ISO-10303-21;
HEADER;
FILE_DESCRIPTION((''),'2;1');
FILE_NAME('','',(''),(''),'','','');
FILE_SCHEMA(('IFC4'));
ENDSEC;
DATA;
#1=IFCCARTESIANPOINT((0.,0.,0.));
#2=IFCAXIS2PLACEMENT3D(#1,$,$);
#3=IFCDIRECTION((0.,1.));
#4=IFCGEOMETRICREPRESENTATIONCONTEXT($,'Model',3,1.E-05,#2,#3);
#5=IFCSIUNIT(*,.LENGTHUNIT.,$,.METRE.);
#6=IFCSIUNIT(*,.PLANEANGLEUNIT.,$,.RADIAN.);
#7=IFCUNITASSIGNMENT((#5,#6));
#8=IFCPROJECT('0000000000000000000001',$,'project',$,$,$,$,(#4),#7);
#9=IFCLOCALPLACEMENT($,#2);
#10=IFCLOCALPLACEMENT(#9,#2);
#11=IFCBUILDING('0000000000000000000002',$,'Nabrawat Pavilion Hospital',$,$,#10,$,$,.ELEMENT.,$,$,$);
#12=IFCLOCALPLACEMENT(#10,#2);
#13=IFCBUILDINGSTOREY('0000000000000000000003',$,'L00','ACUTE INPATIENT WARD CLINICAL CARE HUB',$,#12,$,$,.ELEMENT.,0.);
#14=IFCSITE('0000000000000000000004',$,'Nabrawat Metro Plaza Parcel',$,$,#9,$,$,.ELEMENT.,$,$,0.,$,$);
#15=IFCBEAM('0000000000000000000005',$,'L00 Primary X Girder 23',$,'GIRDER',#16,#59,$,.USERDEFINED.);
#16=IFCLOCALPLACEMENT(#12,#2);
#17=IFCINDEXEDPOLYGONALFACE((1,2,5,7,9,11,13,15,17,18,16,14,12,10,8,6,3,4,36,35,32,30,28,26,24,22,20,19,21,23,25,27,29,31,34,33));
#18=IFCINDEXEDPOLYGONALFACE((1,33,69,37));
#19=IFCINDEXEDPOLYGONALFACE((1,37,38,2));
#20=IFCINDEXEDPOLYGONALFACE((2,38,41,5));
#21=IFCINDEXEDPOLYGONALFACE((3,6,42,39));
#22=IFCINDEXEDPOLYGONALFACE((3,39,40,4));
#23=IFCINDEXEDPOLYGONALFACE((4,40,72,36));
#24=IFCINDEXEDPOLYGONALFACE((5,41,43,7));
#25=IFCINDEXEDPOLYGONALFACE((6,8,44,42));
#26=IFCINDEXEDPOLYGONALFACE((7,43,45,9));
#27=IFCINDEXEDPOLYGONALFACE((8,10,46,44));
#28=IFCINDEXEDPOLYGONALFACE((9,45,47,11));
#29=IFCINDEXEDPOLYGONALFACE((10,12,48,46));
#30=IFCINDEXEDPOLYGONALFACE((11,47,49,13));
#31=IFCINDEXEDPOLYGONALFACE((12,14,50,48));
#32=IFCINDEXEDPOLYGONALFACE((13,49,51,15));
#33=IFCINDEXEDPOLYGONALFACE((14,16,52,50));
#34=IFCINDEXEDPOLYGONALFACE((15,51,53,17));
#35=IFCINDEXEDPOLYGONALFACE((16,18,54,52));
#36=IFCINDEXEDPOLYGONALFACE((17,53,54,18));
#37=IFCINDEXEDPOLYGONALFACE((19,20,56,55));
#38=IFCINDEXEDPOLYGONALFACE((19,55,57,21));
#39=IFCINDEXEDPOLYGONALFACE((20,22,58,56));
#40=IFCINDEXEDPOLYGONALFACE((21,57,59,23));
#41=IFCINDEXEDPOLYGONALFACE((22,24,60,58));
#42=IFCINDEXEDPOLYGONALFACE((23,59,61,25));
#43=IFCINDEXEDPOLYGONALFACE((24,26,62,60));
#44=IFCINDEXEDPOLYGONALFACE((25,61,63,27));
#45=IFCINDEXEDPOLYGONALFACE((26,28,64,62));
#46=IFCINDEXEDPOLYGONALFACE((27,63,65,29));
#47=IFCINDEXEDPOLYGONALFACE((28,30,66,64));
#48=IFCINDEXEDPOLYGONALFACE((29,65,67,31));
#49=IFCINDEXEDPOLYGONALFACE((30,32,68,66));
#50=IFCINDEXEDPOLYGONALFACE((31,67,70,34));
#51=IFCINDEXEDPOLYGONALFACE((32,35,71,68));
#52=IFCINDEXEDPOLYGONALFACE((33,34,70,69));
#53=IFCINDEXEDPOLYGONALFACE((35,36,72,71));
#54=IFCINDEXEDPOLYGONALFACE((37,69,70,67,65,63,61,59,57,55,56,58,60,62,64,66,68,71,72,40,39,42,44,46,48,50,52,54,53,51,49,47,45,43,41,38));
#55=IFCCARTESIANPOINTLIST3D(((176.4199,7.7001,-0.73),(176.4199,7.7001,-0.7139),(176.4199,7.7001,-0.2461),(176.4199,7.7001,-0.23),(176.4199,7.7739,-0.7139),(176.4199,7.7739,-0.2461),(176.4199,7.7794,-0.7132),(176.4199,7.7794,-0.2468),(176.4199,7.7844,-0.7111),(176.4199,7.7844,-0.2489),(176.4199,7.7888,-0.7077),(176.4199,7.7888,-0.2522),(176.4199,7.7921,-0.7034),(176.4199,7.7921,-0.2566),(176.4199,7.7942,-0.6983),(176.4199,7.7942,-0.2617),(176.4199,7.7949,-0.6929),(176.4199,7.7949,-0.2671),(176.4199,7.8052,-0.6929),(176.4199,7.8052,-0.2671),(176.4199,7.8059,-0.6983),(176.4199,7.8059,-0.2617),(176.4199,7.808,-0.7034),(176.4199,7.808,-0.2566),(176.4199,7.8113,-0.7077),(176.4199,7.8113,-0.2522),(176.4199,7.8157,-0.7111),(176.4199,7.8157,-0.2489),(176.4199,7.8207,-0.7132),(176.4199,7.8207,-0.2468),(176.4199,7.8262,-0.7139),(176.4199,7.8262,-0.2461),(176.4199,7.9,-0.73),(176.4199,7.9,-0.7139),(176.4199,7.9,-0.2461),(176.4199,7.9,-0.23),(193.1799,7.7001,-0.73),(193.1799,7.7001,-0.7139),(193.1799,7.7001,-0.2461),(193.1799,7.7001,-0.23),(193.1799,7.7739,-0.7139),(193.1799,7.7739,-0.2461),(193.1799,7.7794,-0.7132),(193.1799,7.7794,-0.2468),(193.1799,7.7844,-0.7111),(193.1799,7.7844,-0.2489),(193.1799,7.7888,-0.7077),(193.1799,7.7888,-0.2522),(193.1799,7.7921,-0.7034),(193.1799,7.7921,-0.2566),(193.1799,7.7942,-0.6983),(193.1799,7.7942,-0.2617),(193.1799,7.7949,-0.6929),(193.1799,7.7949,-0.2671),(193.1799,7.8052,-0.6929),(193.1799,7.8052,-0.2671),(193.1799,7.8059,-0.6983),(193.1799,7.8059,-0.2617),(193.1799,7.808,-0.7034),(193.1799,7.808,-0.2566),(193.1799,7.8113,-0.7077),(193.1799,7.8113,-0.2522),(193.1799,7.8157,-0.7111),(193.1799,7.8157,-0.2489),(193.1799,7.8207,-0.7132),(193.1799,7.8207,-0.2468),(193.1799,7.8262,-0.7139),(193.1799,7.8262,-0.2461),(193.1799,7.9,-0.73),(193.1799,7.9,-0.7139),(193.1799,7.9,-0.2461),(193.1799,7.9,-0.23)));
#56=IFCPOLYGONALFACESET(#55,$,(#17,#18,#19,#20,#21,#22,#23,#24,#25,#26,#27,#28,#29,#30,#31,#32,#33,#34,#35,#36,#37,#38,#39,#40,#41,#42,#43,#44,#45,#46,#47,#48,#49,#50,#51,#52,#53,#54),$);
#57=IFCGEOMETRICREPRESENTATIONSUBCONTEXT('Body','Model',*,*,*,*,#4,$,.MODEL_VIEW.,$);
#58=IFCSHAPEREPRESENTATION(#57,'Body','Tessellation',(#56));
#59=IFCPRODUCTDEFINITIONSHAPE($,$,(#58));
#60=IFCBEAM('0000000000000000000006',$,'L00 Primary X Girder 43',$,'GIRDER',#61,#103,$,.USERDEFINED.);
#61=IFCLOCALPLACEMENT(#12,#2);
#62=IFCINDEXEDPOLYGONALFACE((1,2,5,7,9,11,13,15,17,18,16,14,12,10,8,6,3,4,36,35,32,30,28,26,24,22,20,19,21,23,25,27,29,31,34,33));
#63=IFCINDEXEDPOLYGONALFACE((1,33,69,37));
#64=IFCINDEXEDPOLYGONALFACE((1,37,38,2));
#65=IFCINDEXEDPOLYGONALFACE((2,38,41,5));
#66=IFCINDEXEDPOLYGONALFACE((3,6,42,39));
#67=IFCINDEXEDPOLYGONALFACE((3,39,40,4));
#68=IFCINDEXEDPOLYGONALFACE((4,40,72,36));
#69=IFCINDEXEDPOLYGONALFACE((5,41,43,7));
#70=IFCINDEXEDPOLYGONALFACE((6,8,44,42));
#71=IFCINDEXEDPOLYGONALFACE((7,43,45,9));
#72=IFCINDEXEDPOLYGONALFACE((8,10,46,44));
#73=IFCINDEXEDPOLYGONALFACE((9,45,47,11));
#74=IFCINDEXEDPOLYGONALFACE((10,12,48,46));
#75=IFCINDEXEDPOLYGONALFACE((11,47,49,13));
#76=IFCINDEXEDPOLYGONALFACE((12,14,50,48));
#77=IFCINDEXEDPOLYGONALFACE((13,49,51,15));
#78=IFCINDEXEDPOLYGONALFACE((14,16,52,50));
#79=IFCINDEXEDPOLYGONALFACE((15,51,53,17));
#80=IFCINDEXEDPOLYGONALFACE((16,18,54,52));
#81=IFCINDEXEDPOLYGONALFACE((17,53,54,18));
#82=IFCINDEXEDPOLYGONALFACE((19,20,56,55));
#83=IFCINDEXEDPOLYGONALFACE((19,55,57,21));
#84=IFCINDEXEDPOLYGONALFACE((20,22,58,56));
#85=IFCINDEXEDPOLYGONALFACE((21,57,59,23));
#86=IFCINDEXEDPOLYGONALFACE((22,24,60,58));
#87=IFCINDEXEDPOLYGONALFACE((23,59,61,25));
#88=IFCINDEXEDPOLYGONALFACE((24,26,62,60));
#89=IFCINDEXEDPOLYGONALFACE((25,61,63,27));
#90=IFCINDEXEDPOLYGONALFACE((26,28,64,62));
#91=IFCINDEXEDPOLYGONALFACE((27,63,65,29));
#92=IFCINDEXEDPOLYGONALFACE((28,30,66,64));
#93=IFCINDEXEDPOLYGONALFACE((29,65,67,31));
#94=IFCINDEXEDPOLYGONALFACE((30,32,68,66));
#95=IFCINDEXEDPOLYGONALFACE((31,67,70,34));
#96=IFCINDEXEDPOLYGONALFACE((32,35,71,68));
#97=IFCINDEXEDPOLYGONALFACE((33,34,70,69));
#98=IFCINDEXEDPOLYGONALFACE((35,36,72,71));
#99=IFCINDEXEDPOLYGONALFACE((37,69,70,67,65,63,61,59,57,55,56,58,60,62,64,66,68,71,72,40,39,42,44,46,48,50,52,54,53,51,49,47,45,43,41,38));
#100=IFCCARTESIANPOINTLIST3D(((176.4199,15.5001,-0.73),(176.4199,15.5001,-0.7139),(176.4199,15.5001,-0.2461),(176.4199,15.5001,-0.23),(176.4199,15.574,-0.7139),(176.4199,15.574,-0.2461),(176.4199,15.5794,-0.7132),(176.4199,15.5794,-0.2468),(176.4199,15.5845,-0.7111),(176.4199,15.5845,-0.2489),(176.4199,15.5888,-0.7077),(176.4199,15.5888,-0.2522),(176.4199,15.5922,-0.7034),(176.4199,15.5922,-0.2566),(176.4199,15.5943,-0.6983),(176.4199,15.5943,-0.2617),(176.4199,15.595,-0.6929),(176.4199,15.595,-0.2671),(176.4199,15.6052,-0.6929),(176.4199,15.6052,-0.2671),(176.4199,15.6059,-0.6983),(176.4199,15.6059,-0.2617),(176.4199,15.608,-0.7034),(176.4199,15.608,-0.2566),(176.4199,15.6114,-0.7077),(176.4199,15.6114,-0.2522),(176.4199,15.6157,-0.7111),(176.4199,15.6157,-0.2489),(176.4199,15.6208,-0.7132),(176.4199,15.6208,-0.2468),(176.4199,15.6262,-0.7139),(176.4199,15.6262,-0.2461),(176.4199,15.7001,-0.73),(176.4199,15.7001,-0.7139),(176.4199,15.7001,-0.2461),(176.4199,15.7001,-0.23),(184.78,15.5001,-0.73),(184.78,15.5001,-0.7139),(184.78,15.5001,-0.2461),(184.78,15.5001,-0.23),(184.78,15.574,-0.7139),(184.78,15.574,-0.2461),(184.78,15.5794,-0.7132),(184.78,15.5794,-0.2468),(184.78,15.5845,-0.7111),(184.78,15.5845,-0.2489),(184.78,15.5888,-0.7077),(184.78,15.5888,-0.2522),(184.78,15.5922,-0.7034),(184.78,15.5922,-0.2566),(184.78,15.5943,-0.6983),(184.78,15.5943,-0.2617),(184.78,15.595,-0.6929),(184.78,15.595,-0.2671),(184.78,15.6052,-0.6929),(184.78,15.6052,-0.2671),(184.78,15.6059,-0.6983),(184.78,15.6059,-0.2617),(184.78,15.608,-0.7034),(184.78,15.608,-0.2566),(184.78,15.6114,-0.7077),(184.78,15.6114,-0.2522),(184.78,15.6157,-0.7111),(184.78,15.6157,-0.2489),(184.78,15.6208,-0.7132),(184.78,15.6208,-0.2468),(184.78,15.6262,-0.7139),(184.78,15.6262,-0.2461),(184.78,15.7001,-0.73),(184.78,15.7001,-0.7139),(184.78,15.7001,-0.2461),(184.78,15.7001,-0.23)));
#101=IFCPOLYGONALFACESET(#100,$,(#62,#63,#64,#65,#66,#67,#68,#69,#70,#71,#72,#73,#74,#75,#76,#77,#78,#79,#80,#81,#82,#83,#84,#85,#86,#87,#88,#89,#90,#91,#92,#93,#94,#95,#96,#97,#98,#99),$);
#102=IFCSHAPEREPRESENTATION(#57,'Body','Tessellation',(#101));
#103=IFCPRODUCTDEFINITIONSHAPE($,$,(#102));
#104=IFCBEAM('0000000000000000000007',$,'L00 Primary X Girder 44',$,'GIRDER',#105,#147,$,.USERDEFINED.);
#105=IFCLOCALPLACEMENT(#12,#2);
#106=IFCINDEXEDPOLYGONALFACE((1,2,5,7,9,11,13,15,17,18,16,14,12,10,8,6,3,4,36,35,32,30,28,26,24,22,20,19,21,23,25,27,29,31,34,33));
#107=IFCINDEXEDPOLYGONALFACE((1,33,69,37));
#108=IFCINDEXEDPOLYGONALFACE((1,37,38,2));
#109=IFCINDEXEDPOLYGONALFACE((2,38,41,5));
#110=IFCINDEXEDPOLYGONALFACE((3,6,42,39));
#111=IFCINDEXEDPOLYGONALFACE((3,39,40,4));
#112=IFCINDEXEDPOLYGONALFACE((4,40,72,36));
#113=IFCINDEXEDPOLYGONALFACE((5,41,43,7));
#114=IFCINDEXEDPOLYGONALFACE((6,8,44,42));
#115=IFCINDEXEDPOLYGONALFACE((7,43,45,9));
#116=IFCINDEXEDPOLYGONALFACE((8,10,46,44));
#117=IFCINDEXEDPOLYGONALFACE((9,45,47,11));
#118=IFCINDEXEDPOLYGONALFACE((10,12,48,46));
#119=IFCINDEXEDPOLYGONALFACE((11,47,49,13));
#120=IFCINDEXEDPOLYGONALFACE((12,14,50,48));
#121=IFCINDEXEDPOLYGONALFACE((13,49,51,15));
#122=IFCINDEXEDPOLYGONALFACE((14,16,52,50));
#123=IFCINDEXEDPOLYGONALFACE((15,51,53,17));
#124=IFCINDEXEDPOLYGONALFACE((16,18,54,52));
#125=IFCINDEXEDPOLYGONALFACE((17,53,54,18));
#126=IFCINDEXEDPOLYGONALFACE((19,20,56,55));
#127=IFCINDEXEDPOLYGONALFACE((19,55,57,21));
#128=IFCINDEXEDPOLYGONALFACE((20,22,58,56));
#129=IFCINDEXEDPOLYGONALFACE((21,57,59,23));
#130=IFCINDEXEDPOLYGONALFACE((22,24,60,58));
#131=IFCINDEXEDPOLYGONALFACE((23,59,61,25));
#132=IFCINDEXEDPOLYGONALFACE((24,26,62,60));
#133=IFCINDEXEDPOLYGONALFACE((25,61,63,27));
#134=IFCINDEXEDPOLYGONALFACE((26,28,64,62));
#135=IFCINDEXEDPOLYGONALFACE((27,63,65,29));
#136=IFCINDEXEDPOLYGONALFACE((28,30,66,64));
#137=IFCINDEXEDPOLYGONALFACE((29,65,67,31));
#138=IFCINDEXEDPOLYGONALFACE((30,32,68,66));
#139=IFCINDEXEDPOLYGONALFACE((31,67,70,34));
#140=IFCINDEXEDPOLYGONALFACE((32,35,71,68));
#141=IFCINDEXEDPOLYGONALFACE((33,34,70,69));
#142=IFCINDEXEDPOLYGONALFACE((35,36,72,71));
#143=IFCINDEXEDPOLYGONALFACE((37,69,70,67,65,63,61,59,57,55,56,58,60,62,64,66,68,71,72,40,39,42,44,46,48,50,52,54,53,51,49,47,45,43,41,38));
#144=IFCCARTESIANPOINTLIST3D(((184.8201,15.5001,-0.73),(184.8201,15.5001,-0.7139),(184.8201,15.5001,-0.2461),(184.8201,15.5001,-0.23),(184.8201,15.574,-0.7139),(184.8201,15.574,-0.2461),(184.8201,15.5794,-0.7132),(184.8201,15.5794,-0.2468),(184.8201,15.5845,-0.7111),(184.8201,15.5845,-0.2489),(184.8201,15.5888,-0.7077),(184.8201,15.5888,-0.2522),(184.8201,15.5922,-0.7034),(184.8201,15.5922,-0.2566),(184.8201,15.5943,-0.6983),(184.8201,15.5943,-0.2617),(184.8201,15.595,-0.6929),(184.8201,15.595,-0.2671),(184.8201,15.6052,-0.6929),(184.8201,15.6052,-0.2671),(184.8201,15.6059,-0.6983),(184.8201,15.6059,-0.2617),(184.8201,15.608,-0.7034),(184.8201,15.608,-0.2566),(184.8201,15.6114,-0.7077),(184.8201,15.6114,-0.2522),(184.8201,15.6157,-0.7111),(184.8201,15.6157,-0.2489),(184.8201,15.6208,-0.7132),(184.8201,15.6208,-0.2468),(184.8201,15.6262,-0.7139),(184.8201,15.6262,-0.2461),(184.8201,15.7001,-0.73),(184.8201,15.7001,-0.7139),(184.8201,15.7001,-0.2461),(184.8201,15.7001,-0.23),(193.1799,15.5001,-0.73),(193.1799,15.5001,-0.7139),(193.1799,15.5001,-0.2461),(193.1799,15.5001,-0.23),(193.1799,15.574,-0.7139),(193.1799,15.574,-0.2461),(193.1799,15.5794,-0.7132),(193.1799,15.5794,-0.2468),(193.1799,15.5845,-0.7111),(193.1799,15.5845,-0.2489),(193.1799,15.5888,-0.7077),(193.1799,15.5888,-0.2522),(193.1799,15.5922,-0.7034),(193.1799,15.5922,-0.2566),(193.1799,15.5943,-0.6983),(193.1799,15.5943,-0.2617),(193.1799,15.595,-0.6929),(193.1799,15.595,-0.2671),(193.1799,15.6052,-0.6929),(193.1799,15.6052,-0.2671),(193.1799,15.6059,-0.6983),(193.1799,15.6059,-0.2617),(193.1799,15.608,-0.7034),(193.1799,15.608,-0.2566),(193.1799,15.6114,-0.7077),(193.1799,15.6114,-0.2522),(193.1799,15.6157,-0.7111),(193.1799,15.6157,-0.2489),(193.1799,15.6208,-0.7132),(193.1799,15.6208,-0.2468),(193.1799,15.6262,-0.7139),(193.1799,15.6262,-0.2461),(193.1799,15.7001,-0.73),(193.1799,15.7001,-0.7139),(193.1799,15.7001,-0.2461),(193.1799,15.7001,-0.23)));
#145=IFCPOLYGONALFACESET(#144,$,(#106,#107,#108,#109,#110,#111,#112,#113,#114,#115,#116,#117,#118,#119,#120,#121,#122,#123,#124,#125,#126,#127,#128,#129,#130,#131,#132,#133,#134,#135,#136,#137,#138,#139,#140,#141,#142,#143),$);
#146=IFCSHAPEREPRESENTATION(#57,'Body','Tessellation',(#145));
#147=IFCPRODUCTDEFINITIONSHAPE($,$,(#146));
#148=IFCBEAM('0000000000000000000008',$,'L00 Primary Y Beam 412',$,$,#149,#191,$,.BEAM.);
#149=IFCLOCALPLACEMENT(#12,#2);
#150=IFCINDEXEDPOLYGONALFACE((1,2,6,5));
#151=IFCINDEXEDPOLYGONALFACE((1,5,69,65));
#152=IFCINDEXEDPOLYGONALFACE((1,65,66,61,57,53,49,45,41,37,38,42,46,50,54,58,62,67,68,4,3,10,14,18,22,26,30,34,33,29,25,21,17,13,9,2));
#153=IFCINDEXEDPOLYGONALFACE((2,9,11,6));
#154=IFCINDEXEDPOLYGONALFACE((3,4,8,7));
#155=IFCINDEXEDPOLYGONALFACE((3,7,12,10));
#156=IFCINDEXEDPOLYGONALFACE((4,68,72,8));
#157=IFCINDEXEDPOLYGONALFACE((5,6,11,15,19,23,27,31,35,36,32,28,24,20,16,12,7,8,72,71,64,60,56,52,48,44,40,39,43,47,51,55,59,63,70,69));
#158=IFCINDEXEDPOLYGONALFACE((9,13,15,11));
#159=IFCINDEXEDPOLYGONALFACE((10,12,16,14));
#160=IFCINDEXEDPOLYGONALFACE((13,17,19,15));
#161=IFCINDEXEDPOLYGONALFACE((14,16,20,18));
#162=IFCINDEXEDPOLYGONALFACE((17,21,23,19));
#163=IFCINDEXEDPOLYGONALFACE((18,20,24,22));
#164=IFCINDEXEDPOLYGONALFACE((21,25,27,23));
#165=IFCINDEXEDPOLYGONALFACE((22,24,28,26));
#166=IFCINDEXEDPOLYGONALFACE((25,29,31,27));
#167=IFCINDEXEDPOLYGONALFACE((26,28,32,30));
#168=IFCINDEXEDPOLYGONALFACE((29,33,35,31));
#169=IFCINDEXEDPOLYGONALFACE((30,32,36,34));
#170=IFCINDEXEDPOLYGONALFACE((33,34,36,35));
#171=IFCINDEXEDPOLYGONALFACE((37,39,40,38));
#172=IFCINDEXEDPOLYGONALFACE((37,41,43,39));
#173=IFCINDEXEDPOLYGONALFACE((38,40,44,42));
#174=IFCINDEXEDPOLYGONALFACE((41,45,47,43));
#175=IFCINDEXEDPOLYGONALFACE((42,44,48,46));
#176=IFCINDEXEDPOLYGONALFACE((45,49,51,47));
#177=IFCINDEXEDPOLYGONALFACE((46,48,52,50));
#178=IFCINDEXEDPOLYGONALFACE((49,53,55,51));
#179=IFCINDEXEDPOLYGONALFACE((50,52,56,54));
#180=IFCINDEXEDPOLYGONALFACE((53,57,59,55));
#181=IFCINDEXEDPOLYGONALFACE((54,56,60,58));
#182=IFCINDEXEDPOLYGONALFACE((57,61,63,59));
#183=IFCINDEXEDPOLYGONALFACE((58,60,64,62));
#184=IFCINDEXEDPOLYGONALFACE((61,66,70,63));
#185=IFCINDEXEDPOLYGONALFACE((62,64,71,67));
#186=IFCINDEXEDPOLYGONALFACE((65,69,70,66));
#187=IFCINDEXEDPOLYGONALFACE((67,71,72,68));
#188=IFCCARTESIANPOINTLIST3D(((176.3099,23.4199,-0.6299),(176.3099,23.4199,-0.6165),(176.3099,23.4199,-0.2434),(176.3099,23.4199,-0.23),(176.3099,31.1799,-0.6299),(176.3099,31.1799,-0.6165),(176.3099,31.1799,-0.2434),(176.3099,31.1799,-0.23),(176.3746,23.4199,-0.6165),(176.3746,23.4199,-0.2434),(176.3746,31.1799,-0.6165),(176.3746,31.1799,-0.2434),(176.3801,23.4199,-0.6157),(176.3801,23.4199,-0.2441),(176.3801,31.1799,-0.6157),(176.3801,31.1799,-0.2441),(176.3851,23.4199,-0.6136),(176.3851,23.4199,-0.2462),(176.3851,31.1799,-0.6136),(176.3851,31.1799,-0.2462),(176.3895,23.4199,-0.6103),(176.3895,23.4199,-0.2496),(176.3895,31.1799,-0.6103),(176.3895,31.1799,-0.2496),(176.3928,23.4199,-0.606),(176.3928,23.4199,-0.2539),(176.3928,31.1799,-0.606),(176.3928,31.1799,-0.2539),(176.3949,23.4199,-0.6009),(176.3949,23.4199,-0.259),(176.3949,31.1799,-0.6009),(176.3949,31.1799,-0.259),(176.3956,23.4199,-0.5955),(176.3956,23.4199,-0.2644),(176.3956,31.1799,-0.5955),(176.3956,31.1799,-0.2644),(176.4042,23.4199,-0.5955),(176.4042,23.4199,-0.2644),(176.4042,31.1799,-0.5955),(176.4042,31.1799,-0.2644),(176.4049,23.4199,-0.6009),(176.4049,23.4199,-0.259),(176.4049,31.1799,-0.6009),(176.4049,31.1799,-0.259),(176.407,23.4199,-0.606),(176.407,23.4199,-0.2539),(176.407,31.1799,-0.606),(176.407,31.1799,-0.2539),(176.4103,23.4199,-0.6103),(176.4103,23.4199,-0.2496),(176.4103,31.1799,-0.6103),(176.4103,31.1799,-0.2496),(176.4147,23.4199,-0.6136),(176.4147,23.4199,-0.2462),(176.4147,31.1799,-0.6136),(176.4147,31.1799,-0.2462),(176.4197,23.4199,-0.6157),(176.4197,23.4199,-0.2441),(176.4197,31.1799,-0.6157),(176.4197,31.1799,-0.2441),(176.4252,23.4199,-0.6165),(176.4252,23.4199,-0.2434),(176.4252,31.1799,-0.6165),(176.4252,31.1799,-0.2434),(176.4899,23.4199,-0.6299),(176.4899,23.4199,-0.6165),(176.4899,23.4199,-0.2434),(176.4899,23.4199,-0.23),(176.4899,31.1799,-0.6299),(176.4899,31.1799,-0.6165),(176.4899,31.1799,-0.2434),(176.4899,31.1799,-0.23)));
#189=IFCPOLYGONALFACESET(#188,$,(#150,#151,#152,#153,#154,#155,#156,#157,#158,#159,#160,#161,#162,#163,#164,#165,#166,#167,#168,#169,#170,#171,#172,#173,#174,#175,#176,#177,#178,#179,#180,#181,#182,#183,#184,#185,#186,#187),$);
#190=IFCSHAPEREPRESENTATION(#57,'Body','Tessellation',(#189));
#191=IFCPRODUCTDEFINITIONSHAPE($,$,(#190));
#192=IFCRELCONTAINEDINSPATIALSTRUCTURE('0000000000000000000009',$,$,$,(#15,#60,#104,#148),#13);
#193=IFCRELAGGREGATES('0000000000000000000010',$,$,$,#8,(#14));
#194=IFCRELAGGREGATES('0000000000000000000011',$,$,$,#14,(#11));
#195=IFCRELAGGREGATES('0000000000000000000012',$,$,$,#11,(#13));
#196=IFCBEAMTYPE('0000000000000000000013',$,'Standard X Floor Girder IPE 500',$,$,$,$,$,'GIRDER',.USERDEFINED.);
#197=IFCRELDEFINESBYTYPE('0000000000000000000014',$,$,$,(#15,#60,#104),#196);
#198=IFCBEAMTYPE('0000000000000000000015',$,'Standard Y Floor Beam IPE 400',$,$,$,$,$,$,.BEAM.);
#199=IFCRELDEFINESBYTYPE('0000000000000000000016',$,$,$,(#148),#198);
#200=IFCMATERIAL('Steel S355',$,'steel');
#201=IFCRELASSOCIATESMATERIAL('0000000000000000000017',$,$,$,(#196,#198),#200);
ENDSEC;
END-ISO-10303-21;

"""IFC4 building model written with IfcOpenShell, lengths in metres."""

from ifc_helpers import new_model, si_unit, direction, frame, origin, origin_2d, place, context, subcontext, project, spatial, i_section, extrude, material, material_profile, profile_set, type_object, element, save


model = new_model("IFC4")

# Units and contexts
model_context = context("Model", 3, precision=1e-05, world=origin(), true_north=direction((0.0, 1.0)))
body_context = subcontext(model_context, "Body", "Model", "MODEL_VIEW")
ifc_project = project(units=[si_unit("LENGTHUNIT", "METRE"), si_unit("PLANEANGLEUNIT", "RADIAN")], contexts=[model_context])

# Site, building, storey
site_placement = place(None, origin())
site = spatial("IfcSite", under=ifc_project, at=site_placement, Name="Nabrawat Metro Plaza Parcel", CompositionType="ELEMENT", RefElevation=0.0)
building_placement = place(site_placement, origin())
building = spatial("IfcBuilding", under=site, at=building_placement, Name="Nabrawat Pavilion Hospital", CompositionType="ELEMENT")
storey_placement = place(building_placement, origin())
storey = spatial("IfcBuildingStorey", under=building, at=storey_placement, Name="L00", Description="ACUTE INPATIENT WARD CLINICAL CARE HUB", CompositionType="ELEMENT", Elevation=0.0)

# Beams
ifc_material_1 = material(Name="Steel S355", Category="steel")
ifc_material_profile_1 = material_profile(ifc_material_1, i_section(OverallWidth=0.2, OverallDepth=0.5, WebThickness=0.0103, FlangeThickness=0.0161, FilletRadius=0.021, at=origin_2d()), Name="IPE 500")
ifc_profile_set_1 = profile_set([ifc_material_profile_1], Name="Steel S355")
beam_type_1 = type_object("IfcBeamType", Name="Standard X Floor Girder IPE 500", ElementType="GIRDER", PredefinedType="USERDEFINED", material=ifc_profile_set_1)
beam_1_placement = place(storey_placement, frame((176.4199, 7.8, -0.48), z_axis=(1.0, 0.0, 0.0), x_axis=(0.0, 1.0, 0.0)))
element("IfcBeam", 1, at=beam_1_placement, inside=storey, type_object=beam_type_1, Name="L00 Primary X Girder 23", ObjectType="GIRDER", PredefinedType="USERDEFINED", context=body_context, shape_type="SweptSolid", body=[
    extrude(i_section(OverallWidth=0.2, OverallDepth=0.5, WebThickness=0.0103, FlangeThickness=0.0161, FilletRadius=0.021, at=origin_2d()), origin(), (0.0, 0.0, 1.0), 16.76),
])
beam_2_placement = place(storey_placement, frame((176.4199, 15.6001, -0.48), z_axis=(1.0, 0.0, 0.0), x_axis=(0.0, 1.0, 0.0)))
element("IfcBeam", 2, at=beam_2_placement, inside=storey, type_object=beam_type_1, Name="L00 Primary X Girder 43", ObjectType="GIRDER", PredefinedType="USERDEFINED", context=body_context, shape_type="SweptSolid", body=[
    extrude(i_section(OverallWidth=0.2, OverallDepth=0.5, WebThickness=0.0103, FlangeThickness=0.0161, FilletRadius=0.021, at=origin_2d()), origin(), (0.0, 0.0, 1.0), 8.3601),
])
beam_3_placement = place(storey_placement, frame((184.8201, 15.6001, -0.48), z_axis=(1.0, 0.0, 0.0), x_axis=(0.0, 1.0, 0.0)))
element("IfcBeam", 3, at=beam_3_placement, inside=storey, type_object=beam_type_1, Name="L00 Primary X Girder 44", ObjectType="GIRDER", PredefinedType="USERDEFINED", context=body_context, shape_type="SweptSolid", body=[
    extrude(i_section(OverallWidth=0.2, OverallDepth=0.5, WebThickness=0.0103, FlangeThickness=0.0161, FilletRadius=0.021, at=origin_2d()), origin(), (0.0, 0.0, 1.0), 8.3599),
])
ifc_material_profile_2 = material_profile(ifc_material_1, i_section(OverallWidth=0.1799, OverallDepth=0.3999, WebThickness=0.0085, FlangeThickness=0.0134, FilletRadius=0.021, at=origin_2d()), Name="IPE 400")
ifc_profile_set_2 = profile_set([ifc_material_profile_2], Name="Steel S355")
beam_type_2 = type_object("IfcBeamType", Name="Standard Y Floor Beam IPE 400", PredefinedType="BEAM", material=ifc_profile_set_2)
beam_4_placement = place(storey_placement, frame((176.3999, 23.4199, -0.4299), z_axis=(0.0, 1.0, 0.0), x_axis=(-1.0, 0.0, 0.0)))
element("IfcBeam", 4, at=beam_4_placement, inside=storey, type_object=beam_type_2, Name="L00 Primary Y Beam 412", PredefinedType="BEAM", context=body_context, shape_type="SweptSolid", body=[
    extrude(i_section(OverallWidth=0.1799, OverallDepth=0.3999, WebThickness=0.0085, FlangeThickness=0.0134, FilletRadius=0.021, at=origin_2d()), origin(), (0.0, 0.0, 1.0), 7.76),
])

save(model, "model.ifc")
